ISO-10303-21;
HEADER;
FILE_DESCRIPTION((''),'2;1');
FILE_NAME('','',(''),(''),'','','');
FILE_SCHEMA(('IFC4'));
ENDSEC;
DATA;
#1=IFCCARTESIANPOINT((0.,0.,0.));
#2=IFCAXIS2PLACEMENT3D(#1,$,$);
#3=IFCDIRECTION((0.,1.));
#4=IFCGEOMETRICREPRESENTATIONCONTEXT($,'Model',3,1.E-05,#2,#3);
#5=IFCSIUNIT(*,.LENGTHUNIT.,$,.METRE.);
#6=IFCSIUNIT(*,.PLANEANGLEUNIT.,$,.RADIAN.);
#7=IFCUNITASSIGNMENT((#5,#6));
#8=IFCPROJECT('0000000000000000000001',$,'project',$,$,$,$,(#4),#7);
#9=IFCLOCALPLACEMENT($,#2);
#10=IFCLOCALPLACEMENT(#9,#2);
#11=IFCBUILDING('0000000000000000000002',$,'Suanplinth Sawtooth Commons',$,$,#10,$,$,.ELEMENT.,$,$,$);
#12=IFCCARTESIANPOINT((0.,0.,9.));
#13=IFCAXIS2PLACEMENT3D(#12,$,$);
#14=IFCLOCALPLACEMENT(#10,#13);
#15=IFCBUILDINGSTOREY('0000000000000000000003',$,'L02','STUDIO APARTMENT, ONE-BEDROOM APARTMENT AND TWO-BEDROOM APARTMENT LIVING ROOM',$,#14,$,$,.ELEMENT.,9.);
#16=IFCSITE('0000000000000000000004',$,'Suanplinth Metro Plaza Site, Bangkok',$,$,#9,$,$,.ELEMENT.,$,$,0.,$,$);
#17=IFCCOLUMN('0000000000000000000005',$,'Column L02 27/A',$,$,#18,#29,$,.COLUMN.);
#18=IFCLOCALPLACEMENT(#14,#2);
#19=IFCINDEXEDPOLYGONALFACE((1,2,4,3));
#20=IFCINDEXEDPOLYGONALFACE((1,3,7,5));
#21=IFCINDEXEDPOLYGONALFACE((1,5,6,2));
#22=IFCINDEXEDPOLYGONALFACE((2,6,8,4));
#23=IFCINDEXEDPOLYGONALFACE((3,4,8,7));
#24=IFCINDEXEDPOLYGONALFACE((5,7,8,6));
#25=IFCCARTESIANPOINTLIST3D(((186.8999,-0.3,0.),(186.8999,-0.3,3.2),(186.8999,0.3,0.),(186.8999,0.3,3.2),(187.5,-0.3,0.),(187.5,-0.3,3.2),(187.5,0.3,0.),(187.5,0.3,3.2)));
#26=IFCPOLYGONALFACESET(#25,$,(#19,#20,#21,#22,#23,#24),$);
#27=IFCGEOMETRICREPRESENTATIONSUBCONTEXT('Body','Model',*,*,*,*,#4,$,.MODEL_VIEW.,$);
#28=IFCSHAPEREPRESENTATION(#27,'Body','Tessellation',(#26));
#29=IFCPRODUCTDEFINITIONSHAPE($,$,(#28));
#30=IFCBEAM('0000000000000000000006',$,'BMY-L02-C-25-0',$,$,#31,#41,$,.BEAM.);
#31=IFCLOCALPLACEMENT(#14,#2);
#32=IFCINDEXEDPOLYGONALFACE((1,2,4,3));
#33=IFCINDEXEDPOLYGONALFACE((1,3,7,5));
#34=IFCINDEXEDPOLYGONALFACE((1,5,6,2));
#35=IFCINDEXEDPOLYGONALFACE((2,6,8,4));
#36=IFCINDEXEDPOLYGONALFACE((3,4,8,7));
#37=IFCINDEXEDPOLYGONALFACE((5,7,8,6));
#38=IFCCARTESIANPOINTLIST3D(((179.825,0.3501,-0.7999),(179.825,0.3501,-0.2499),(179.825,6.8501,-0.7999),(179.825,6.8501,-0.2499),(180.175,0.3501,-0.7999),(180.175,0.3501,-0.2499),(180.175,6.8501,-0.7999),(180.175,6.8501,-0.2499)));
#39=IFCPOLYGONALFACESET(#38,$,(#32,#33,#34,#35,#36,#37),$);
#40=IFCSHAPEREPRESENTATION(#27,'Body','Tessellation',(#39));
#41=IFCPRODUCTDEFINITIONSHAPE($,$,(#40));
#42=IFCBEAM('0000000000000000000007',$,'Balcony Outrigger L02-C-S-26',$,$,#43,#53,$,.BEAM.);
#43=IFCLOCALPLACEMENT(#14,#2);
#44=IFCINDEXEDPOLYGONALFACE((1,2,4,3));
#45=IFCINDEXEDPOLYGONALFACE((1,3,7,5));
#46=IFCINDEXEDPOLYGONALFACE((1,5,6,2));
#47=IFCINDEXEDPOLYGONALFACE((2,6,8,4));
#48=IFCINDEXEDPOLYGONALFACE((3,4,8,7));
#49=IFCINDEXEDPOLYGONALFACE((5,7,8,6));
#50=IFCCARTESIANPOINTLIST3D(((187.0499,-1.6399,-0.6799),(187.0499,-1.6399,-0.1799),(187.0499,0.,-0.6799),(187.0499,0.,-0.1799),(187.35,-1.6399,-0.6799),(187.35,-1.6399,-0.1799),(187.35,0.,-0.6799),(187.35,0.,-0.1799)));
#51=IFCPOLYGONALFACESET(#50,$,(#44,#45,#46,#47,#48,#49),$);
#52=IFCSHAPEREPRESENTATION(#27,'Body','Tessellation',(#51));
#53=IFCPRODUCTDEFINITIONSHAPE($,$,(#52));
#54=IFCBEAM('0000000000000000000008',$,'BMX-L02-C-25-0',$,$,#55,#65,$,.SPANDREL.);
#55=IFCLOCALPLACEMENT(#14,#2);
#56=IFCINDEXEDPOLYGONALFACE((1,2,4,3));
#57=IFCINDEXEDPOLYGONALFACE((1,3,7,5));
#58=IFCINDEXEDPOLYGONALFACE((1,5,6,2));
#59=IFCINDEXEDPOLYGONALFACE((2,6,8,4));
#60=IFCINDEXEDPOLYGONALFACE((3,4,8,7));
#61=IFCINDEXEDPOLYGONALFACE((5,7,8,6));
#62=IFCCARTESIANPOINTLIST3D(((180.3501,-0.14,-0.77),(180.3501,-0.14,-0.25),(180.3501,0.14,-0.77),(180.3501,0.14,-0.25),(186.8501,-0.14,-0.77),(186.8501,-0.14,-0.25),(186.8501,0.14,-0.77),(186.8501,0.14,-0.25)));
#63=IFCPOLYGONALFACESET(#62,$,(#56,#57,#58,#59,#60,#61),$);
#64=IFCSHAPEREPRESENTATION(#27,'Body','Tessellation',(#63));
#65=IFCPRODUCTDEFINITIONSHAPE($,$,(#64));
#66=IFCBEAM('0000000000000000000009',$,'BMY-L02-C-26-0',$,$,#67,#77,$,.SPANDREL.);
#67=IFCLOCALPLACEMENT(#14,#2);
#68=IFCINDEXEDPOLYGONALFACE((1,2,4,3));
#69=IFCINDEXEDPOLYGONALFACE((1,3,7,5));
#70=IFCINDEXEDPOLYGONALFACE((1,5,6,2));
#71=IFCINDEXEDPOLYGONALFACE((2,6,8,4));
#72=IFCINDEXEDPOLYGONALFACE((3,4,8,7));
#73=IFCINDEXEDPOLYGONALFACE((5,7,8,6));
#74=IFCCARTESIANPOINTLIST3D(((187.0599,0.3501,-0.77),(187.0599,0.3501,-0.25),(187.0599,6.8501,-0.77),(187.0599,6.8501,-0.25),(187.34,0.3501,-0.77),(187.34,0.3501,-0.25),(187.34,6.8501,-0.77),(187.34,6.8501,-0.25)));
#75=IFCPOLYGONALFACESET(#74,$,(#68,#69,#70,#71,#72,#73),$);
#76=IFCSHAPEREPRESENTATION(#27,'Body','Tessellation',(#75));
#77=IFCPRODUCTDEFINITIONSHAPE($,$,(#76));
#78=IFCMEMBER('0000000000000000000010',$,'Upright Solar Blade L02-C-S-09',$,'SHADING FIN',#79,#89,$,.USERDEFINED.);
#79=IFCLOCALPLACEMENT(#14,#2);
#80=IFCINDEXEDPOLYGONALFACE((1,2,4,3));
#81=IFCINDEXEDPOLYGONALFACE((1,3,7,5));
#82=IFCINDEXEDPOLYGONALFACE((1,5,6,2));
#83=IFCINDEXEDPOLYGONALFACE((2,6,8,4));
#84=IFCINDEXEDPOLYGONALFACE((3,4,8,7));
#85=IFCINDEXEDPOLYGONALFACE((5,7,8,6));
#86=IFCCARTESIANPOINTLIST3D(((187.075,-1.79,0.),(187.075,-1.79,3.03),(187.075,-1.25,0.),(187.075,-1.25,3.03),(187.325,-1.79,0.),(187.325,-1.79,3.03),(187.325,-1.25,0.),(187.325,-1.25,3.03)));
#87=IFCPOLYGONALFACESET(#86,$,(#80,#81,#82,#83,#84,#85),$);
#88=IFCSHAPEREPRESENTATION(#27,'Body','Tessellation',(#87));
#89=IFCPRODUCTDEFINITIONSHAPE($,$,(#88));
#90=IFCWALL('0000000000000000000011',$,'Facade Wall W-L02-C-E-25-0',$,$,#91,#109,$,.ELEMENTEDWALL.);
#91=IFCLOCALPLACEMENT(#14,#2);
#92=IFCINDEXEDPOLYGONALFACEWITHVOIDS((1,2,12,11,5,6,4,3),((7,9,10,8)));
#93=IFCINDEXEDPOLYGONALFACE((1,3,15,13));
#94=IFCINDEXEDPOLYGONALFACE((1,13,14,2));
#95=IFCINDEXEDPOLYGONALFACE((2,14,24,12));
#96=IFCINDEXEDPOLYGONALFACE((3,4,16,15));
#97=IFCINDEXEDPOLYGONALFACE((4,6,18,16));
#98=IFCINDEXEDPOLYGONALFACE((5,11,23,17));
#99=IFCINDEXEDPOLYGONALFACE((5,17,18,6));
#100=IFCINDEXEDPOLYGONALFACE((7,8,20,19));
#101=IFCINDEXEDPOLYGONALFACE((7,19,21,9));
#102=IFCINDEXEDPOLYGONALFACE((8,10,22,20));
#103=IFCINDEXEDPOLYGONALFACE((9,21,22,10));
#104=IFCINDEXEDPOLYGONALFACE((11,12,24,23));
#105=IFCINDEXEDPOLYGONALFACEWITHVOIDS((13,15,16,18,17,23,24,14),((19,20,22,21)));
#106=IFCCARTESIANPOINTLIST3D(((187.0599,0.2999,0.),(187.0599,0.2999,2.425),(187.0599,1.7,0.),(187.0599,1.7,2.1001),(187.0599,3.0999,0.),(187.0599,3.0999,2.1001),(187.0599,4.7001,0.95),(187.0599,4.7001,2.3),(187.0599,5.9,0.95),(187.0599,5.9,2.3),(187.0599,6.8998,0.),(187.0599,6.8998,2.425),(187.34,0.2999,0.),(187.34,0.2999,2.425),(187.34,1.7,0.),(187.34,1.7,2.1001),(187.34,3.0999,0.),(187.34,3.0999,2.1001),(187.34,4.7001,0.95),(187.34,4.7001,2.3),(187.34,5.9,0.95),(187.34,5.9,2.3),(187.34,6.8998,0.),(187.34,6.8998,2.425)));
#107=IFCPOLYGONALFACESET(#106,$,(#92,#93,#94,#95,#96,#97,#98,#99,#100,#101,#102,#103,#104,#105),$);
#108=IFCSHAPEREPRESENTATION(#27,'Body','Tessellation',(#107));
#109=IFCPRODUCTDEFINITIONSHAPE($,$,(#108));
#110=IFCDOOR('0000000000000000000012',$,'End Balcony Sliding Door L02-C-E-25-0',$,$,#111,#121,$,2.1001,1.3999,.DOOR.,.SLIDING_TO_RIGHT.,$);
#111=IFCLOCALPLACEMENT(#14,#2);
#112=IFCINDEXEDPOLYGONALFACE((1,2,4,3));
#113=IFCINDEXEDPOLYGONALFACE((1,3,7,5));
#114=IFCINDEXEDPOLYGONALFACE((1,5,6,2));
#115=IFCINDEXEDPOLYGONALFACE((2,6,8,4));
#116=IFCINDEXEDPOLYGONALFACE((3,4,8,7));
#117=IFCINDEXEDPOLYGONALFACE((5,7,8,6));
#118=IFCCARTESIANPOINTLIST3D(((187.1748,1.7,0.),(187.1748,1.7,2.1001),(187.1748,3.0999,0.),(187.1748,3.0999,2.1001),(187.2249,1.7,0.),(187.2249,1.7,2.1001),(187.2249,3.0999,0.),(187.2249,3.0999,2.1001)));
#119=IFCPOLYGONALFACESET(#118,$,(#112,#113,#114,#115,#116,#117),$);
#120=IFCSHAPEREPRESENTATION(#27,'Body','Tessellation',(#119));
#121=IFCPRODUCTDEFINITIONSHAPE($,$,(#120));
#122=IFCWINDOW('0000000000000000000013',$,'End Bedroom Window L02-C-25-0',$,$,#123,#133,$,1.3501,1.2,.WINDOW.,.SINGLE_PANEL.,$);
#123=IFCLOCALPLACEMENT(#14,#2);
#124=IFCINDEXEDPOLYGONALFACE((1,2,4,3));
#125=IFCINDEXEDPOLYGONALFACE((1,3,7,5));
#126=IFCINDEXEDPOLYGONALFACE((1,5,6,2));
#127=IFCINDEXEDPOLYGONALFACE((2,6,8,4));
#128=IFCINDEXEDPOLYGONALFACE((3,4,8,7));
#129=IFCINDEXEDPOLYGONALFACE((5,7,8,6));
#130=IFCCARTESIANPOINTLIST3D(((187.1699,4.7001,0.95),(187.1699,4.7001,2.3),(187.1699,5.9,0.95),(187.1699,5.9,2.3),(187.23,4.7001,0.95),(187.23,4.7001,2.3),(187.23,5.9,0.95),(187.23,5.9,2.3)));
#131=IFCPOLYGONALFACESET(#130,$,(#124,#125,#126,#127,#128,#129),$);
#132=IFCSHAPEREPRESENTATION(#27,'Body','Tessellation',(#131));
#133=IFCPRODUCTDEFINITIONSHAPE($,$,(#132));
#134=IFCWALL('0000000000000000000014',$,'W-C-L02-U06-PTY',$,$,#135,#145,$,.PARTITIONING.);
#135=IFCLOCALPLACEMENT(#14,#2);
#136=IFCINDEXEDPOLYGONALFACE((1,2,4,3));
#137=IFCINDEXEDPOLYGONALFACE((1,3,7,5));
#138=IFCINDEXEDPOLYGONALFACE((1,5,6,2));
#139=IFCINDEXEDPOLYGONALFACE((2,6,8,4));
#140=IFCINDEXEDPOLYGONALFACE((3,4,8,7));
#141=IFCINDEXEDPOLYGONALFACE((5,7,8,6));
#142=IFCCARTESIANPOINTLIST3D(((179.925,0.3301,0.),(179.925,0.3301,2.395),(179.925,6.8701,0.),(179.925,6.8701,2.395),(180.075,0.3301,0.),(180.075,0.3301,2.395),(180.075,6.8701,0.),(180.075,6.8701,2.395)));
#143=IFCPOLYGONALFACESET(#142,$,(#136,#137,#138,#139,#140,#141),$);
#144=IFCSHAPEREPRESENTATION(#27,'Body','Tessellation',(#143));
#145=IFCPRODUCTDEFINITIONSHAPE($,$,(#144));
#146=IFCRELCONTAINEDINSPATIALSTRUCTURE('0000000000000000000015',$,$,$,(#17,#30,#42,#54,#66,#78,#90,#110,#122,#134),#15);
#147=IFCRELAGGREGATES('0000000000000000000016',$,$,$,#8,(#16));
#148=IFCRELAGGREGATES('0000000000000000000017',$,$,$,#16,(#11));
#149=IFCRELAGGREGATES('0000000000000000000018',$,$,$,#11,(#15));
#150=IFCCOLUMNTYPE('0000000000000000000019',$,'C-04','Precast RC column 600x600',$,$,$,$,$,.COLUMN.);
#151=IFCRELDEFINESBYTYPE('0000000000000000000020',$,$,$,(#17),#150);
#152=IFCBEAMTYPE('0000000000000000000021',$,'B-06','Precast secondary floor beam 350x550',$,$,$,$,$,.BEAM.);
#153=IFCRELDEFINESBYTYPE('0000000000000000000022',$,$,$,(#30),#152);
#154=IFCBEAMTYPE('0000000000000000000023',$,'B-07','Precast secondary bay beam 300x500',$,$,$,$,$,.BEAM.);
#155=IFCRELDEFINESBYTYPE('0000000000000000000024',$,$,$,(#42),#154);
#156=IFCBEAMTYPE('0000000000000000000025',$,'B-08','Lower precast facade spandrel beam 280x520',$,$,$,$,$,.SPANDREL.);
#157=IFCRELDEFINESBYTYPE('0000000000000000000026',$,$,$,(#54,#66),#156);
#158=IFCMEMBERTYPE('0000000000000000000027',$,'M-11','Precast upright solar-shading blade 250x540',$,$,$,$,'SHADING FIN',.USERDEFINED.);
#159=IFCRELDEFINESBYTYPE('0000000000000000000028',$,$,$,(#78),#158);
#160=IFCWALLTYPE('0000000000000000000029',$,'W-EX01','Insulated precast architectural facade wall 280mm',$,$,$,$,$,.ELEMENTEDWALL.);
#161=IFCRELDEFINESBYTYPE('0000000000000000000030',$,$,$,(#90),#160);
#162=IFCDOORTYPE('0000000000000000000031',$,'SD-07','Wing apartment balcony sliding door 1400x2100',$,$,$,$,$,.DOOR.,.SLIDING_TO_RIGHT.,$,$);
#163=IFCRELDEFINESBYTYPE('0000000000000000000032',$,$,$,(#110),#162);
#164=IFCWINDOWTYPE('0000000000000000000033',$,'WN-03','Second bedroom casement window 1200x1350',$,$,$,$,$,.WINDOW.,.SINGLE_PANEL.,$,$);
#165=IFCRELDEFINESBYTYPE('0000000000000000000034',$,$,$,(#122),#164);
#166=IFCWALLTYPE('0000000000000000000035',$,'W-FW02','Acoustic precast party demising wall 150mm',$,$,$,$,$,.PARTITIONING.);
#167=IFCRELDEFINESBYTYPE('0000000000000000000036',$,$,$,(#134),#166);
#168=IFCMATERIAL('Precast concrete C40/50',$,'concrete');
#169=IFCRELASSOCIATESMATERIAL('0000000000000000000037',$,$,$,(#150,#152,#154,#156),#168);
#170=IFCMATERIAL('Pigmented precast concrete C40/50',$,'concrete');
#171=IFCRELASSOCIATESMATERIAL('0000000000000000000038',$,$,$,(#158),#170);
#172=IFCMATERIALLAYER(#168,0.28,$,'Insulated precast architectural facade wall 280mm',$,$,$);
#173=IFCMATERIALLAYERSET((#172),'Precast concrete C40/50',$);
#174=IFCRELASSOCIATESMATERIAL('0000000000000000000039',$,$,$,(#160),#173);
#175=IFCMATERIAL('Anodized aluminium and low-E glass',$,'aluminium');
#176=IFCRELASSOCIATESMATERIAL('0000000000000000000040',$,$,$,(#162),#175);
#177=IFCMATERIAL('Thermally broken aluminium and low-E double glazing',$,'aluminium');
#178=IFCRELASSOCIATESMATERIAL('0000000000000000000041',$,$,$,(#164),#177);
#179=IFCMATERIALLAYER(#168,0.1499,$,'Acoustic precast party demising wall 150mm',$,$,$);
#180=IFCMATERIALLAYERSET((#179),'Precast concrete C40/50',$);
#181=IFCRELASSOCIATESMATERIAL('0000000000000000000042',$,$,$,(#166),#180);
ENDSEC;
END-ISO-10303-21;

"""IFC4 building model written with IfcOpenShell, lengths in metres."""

from ifc_helpers import new_model, si_unit, direction, frame, frame_2d, origin, origin_2d, place, context, subcontext, project, spatial, rectangle, extrude, material, layer, layer_set, material_profile, profile_set, type_object, element, fill, save


model = new_model("IFC4")

# Units and contexts
model_context = context("Model", 3, precision=1e-05, world=origin(), true_north=direction((0.0, 1.0)))
body_context = subcontext(model_context, "Body", "Model", "MODEL_VIEW")
ifc_project = project(units=[si_unit("LENGTHUNIT", "METRE"), si_unit("PLANEANGLEUNIT", "RADIAN")], contexts=[model_context])

# Site, building, storey
site_placement = place(None, origin())
site = spatial("IfcSite", under=ifc_project, at=site_placement, Name="Suanplinth Metro Plaza Site, Bangkok", CompositionType="ELEMENT", RefElevation=0.0)
building_placement = place(site_placement, origin())
building = spatial("IfcBuilding", under=site, at=building_placement, Name="Suanplinth Sawtooth Commons", CompositionType="ELEMENT")
storey_placement = place(building_placement, frame((0.0, 0.0, 9.0)))
storey = spatial("IfcBuildingStorey", under=building, at=storey_placement, Name="L02", Description="STUDIO APARTMENT, ONE-BEDROOM APARTMENT AND TWO-BEDROOM APARTMENT LIVING ROOM", CompositionType="ELEMENT", Elevation=9.0)

# Column
ifc_material_1 = material(Name="Precast concrete C40/50", Category="concrete")
ifc_material_profile_1 = material_profile(ifc_material_1, rectangle(XDim=0.6001, YDim=0.6001, at=origin_2d()), Name="PC-COL 600x600")
ifc_profile_set_1 = profile_set([ifc_material_profile_1], Name="Precast concrete C40/50")
column_type = type_object("IfcColumnType", Name="C-04", Description="Precast RC column 600x600", PredefinedType="COLUMN", material=ifc_profile_set_1)
column_placement = place(storey_placement, frame((187.2, 0.0, 0.0), z_axis=(0.0, 0.0, 1.0), x_axis=(1.0, 0.0, 0.0)))
element("IfcColumn", 1, at=column_placement, inside=storey, type_object=column_type, Name="Column L02 27/A", PredefinedType="COLUMN", context=body_context, shape_type="SweptSolid", body=[
    extrude(rectangle(XDim=0.6001, YDim=0.6001, at=origin_2d()), origin(), (0.0, 0.0, 1.0), 3.2),
])

# Beams
ifc_material_profile_2 = material_profile(ifc_material_1, rectangle(XDim=0.3501, YDim=0.55, at=origin_2d()), Name="PC-BM 350x550")
ifc_profile_set_2 = profile_set([ifc_material_profile_2], Name="Precast concrete C40/50")
beam_type_1 = type_object("IfcBeamType", Name="B-06", Description="Precast secondary floor beam 350x550", PredefinedType="BEAM", material=ifc_profile_set_2)
beam_1_placement = place(storey_placement, frame((180.0, 0.3501, -0.5249), z_axis=(0.0, 1.0, 0.0), x_axis=(-1.0, 0.0, 0.0)))
element("IfcBeam", 2, at=beam_1_placement, inside=storey, type_object=beam_type_1, Name="BMY-L02-C-25-0", PredefinedType="BEAM", context=body_context, shape_type="SweptSolid", body=[
    extrude(rectangle(XDim=0.3501, YDim=0.55, at=origin_2d()), origin(), (0.0, 0.0, 1.0), 6.5),
])
ifc_material_profile_3 = material_profile(ifc_material_1, rectangle(XDim=0.3, YDim=0.5, at=origin_2d()), Name="PC-BM 300x500")
ifc_profile_set_3 = profile_set([ifc_material_profile_3], Name="Precast concrete C40/50")
beam_type_2 = type_object("IfcBeamType", Name="B-07", Description="Precast secondary bay beam 300x500", PredefinedType="BEAM", material=ifc_profile_set_3)
beam_2_placement = place(storey_placement, frame((187.2, 0.0, -0.4299), z_axis=(0.0, -1.0, 0.0), x_axis=(1.0, 0.0, 0.0)))
element("IfcBeam", 3, at=beam_2_placement, inside=storey, type_object=beam_type_2, Name="Balcony Outrigger L02-C-S-26", PredefinedType="BEAM", context=body_context, shape_type="SweptSolid", body=[
    extrude(rectangle(XDim=0.3, YDim=0.5, at=origin_2d()), origin(), (0.0, 0.0, 1.0), 1.6399),
])
ifc_material_profile_4 = material_profile(ifc_material_1, rectangle(XDim=0.28, YDim=0.52, at=origin_2d()), Name="PC-SP 280x520")
ifc_profile_set_4 = profile_set([ifc_material_profile_4], Name="Precast concrete C40/50")
beam_type_3 = type_object("IfcBeamType", Name="B-08", Description="Lower precast facade spandrel beam 280x520", PredefinedType="SPANDREL", material=ifc_profile_set_4)
for number, where, z_axis, x_axis, name in (
    (4, (180.3501, 0.0, -0.51), (1.0, 0.0, 0.0), (0.0, 1.0, 0.0), "BMX-L02-C-25-0"),
    (5, (187.2, 0.3501, -0.51), (0.0, 1.0, 0.0), (-1.0, 0.0, 0.0), "BMY-L02-C-26-0"),
):
    element("IfcBeam", number, at=place(storey_placement, frame(where, z_axis=z_axis, x_axis=x_axis)), inside=storey, type_object=beam_type_3, Name=name, PredefinedType="SPANDREL", context=body_context, shape_type="SweptSolid", body=[
        extrude(rectangle(XDim=0.28, YDim=0.52, at=origin_2d()), origin(), (0.0, 0.0, 1.0), 6.5),
    ])

# Member
ifc_material_2 = material(Name="Pigmented precast concrete C40/50", Category="concrete")
ifc_material_profile_5 = material_profile(ifc_material_2, rectangle(XDim=0.25, YDim=0.54, at=origin_2d()), Name="PC-FIN 250x540")
ifc_profile_set_5 = profile_set([ifc_material_profile_5], Name="Pigmented precast concrete C40/50")
member_type = type_object("IfcMemberType", Name="M-11", Description="Precast upright solar-shading blade 250x540", ElementType="SHADING FIN", PredefinedType="USERDEFINED", material=ifc_profile_set_5)
member_placement = place(storey_placement, frame((187.2, -1.52, 0.0), z_axis=(0.0, 0.0, 1.0), x_axis=(1.0, 0.0, 0.0)))
element("IfcMember", 6, at=member_placement, inside=storey, type_object=member_type, Name="Upright Solar Blade L02-C-S-09", ObjectType="SHADING FIN", PredefinedType="USERDEFINED", context=body_context, shape_type="SweptSolid", body=[
    extrude(rectangle(XDim=0.25, YDim=0.54, at=origin_2d()), origin(), (0.0, 0.0, 1.0), 3.03),
])

# Wall, openings, door, window
ifc_layer_1 = layer(ifc_material_1, 0.28, Name="Insulated precast architectural facade wall 280mm")
ifc_layer_set_1 = layer_set([ifc_layer_1], Name="Precast concrete C40/50")
wall_type_1 = type_object("IfcWallType", Name="W-EX01", Description="Insulated precast architectural facade wall 280mm", PredefinedType="ELEMENTEDWALL", material=ifc_layer_set_1)
ifc_material_3 = material(Name="Anodized aluminium and low-E glass", Category="aluminium")
ifc_material_4 = material(Name="Thermally broken aluminium and low-E double glazing", Category="aluminium")
wall_1_placement = place(storey_placement, frame((187.2, 0.3, 0.0), z_axis=(0.0, 0.0, 1.0), x_axis=(0.0, 1.0, 0.0)))
wall_1 = element("IfcWall", 7, at=wall_1_placement, inside=storey, type_object=wall_type_1, Name="Facade Wall W-L02-C-E-25-0", PredefinedType="ELEMENTEDWALL", context=body_context, shape_type="SweptSolid", body=[
    extrude(rectangle(XDim=6.5999, YDim=0.28, at=frame_2d((3.2998, 0.0))), origin(), (0.0, 0.0, 1.0), 2.425),
])
opening_1_placement = place(wall_1_placement, frame((1.3999, 0.0, 0.0)))
opening_1 = element("IfcOpeningElement", 8, at=opening_1_placement, cuts=wall_1, PredefinedType="OPENING", context=body_context, shape_type="SweptSolid", body=[
    extrude(rectangle(XDim=1.3999, YDim=2.1001, at=frame_2d((0.7, 1.05))), frame((0.0, 0.1548, 0.0), z_axis=(0.0, -1.0, 0.0), x_axis=(1.0, 0.0, 0.0)), (0.0, 0.0, 1.0), 0.3098),
])
opening_2_placement = place(wall_1_placement, frame((4.3999, 0.0, 0.95)))
opening_2 = element("IfcOpeningElement", 9, at=opening_2_placement, cuts=wall_1, PredefinedType="OPENING", context=body_context, shape_type="SweptSolid", body=[
    extrude(rectangle(XDim=1.2, YDim=1.3501, at=frame_2d((0.6001, 0.675))), frame((0.0, 0.1548, 0.0), z_axis=(0.0, -1.0, 0.0), x_axis=(1.0, 0.0, 0.0)), (0.0, 0.0, 1.0), 0.3098),
])
door_type_1 = type_object("IfcDoorType", Name="SD-07", Description="Wing apartment balcony sliding door 1400x2100", OperationType="SLIDING_TO_RIGHT", PredefinedType="DOOR", material=ifc_material_3)
door_1_placement = place(opening_1_placement, frame((1.3999, 0.0, 0.0), z_axis=(0.0, 0.0, 1.0), x_axis=(-1.0, 0.0, 0.0)))
door_1 = element("IfcDoor", 10, at=door_1_placement, inside=storey, type_object=door_type_1, Name="End Balcony Sliding Door L02-C-E-25-0", OperationType="SLIDING_TO_RIGHT", OverallHeight=2.1001, OverallWidth=1.3999, PredefinedType="DOOR", context=body_context, shape_type="SweptSolid", body=[
    extrude(rectangle(XDim=1.3999, YDim=2.1001, at=frame_2d((0.7, 1.05))), frame((0.0, 0.0249, 0.0), z_axis=(0.0, -1.0, 0.0), x_axis=(1.0, 0.0, 0.0)), (0.0, 0.0, 1.0), 0.05),
])
fill(opening_1, door_1)
window_type_1 = type_object("IfcWindowType", Name="WN-03", Description="Second bedroom casement window 1200x1350", PartitioningType="SINGLE_PANEL", PredefinedType="WINDOW", material=ifc_material_4)
window_1_placement = place(opening_2_placement, origin())
window_1 = element("IfcWindow", 11, at=window_1_placement, inside=storey, type_object=window_type_1, Name="End Bedroom Window L02-C-25-0", OverallHeight=1.3501, OverallWidth=1.2, PartitioningType="SINGLE_PANEL", PredefinedType="WINDOW", context=body_context, shape_type="SweptSolid", body=[
    extrude(rectangle(XDim=1.2, YDim=1.3501, at=frame_2d((0.6001, 0.675))), frame((0.0, 0.03, 0.0), z_axis=(0.0, -1.0, 0.0), x_axis=(1.0, 0.0, 0.0)), (0.0, 0.0, 1.0), 0.0601),
])
fill(opening_2, window_1)

# Wall
ifc_layer_2 = layer(ifc_material_1, 0.1499, Name="Acoustic precast party demising wall 150mm")
ifc_layer_set_2 = layer_set([ifc_layer_2], Name="Precast concrete C40/50")
wall_type_2 = type_object("IfcWallType", Name="W-FW02", Description="Acoustic precast party demising wall 150mm", PredefinedType="PARTITIONING", material=ifc_layer_set_2)
wall_2_placement = place(storey_placement, frame((180.0, 0.3301, 0.0), z_axis=(0.0, 0.0, 1.0), x_axis=(0.0, 1.0, 0.0)))
element("IfcWall", 12, at=wall_2_placement, inside=storey, type_object=wall_type_2, Name="W-C-L02-U06-PTY", PredefinedType="PARTITIONING", context=body_context, shape_type="SweptSolid", body=[
    extrude(rectangle(XDim=6.54, YDim=0.1499, at=frame_2d((3.27, 0.0))), origin(), (0.0, 0.0, 1.0), 2.395),
])

save(model, "model.ifc")
